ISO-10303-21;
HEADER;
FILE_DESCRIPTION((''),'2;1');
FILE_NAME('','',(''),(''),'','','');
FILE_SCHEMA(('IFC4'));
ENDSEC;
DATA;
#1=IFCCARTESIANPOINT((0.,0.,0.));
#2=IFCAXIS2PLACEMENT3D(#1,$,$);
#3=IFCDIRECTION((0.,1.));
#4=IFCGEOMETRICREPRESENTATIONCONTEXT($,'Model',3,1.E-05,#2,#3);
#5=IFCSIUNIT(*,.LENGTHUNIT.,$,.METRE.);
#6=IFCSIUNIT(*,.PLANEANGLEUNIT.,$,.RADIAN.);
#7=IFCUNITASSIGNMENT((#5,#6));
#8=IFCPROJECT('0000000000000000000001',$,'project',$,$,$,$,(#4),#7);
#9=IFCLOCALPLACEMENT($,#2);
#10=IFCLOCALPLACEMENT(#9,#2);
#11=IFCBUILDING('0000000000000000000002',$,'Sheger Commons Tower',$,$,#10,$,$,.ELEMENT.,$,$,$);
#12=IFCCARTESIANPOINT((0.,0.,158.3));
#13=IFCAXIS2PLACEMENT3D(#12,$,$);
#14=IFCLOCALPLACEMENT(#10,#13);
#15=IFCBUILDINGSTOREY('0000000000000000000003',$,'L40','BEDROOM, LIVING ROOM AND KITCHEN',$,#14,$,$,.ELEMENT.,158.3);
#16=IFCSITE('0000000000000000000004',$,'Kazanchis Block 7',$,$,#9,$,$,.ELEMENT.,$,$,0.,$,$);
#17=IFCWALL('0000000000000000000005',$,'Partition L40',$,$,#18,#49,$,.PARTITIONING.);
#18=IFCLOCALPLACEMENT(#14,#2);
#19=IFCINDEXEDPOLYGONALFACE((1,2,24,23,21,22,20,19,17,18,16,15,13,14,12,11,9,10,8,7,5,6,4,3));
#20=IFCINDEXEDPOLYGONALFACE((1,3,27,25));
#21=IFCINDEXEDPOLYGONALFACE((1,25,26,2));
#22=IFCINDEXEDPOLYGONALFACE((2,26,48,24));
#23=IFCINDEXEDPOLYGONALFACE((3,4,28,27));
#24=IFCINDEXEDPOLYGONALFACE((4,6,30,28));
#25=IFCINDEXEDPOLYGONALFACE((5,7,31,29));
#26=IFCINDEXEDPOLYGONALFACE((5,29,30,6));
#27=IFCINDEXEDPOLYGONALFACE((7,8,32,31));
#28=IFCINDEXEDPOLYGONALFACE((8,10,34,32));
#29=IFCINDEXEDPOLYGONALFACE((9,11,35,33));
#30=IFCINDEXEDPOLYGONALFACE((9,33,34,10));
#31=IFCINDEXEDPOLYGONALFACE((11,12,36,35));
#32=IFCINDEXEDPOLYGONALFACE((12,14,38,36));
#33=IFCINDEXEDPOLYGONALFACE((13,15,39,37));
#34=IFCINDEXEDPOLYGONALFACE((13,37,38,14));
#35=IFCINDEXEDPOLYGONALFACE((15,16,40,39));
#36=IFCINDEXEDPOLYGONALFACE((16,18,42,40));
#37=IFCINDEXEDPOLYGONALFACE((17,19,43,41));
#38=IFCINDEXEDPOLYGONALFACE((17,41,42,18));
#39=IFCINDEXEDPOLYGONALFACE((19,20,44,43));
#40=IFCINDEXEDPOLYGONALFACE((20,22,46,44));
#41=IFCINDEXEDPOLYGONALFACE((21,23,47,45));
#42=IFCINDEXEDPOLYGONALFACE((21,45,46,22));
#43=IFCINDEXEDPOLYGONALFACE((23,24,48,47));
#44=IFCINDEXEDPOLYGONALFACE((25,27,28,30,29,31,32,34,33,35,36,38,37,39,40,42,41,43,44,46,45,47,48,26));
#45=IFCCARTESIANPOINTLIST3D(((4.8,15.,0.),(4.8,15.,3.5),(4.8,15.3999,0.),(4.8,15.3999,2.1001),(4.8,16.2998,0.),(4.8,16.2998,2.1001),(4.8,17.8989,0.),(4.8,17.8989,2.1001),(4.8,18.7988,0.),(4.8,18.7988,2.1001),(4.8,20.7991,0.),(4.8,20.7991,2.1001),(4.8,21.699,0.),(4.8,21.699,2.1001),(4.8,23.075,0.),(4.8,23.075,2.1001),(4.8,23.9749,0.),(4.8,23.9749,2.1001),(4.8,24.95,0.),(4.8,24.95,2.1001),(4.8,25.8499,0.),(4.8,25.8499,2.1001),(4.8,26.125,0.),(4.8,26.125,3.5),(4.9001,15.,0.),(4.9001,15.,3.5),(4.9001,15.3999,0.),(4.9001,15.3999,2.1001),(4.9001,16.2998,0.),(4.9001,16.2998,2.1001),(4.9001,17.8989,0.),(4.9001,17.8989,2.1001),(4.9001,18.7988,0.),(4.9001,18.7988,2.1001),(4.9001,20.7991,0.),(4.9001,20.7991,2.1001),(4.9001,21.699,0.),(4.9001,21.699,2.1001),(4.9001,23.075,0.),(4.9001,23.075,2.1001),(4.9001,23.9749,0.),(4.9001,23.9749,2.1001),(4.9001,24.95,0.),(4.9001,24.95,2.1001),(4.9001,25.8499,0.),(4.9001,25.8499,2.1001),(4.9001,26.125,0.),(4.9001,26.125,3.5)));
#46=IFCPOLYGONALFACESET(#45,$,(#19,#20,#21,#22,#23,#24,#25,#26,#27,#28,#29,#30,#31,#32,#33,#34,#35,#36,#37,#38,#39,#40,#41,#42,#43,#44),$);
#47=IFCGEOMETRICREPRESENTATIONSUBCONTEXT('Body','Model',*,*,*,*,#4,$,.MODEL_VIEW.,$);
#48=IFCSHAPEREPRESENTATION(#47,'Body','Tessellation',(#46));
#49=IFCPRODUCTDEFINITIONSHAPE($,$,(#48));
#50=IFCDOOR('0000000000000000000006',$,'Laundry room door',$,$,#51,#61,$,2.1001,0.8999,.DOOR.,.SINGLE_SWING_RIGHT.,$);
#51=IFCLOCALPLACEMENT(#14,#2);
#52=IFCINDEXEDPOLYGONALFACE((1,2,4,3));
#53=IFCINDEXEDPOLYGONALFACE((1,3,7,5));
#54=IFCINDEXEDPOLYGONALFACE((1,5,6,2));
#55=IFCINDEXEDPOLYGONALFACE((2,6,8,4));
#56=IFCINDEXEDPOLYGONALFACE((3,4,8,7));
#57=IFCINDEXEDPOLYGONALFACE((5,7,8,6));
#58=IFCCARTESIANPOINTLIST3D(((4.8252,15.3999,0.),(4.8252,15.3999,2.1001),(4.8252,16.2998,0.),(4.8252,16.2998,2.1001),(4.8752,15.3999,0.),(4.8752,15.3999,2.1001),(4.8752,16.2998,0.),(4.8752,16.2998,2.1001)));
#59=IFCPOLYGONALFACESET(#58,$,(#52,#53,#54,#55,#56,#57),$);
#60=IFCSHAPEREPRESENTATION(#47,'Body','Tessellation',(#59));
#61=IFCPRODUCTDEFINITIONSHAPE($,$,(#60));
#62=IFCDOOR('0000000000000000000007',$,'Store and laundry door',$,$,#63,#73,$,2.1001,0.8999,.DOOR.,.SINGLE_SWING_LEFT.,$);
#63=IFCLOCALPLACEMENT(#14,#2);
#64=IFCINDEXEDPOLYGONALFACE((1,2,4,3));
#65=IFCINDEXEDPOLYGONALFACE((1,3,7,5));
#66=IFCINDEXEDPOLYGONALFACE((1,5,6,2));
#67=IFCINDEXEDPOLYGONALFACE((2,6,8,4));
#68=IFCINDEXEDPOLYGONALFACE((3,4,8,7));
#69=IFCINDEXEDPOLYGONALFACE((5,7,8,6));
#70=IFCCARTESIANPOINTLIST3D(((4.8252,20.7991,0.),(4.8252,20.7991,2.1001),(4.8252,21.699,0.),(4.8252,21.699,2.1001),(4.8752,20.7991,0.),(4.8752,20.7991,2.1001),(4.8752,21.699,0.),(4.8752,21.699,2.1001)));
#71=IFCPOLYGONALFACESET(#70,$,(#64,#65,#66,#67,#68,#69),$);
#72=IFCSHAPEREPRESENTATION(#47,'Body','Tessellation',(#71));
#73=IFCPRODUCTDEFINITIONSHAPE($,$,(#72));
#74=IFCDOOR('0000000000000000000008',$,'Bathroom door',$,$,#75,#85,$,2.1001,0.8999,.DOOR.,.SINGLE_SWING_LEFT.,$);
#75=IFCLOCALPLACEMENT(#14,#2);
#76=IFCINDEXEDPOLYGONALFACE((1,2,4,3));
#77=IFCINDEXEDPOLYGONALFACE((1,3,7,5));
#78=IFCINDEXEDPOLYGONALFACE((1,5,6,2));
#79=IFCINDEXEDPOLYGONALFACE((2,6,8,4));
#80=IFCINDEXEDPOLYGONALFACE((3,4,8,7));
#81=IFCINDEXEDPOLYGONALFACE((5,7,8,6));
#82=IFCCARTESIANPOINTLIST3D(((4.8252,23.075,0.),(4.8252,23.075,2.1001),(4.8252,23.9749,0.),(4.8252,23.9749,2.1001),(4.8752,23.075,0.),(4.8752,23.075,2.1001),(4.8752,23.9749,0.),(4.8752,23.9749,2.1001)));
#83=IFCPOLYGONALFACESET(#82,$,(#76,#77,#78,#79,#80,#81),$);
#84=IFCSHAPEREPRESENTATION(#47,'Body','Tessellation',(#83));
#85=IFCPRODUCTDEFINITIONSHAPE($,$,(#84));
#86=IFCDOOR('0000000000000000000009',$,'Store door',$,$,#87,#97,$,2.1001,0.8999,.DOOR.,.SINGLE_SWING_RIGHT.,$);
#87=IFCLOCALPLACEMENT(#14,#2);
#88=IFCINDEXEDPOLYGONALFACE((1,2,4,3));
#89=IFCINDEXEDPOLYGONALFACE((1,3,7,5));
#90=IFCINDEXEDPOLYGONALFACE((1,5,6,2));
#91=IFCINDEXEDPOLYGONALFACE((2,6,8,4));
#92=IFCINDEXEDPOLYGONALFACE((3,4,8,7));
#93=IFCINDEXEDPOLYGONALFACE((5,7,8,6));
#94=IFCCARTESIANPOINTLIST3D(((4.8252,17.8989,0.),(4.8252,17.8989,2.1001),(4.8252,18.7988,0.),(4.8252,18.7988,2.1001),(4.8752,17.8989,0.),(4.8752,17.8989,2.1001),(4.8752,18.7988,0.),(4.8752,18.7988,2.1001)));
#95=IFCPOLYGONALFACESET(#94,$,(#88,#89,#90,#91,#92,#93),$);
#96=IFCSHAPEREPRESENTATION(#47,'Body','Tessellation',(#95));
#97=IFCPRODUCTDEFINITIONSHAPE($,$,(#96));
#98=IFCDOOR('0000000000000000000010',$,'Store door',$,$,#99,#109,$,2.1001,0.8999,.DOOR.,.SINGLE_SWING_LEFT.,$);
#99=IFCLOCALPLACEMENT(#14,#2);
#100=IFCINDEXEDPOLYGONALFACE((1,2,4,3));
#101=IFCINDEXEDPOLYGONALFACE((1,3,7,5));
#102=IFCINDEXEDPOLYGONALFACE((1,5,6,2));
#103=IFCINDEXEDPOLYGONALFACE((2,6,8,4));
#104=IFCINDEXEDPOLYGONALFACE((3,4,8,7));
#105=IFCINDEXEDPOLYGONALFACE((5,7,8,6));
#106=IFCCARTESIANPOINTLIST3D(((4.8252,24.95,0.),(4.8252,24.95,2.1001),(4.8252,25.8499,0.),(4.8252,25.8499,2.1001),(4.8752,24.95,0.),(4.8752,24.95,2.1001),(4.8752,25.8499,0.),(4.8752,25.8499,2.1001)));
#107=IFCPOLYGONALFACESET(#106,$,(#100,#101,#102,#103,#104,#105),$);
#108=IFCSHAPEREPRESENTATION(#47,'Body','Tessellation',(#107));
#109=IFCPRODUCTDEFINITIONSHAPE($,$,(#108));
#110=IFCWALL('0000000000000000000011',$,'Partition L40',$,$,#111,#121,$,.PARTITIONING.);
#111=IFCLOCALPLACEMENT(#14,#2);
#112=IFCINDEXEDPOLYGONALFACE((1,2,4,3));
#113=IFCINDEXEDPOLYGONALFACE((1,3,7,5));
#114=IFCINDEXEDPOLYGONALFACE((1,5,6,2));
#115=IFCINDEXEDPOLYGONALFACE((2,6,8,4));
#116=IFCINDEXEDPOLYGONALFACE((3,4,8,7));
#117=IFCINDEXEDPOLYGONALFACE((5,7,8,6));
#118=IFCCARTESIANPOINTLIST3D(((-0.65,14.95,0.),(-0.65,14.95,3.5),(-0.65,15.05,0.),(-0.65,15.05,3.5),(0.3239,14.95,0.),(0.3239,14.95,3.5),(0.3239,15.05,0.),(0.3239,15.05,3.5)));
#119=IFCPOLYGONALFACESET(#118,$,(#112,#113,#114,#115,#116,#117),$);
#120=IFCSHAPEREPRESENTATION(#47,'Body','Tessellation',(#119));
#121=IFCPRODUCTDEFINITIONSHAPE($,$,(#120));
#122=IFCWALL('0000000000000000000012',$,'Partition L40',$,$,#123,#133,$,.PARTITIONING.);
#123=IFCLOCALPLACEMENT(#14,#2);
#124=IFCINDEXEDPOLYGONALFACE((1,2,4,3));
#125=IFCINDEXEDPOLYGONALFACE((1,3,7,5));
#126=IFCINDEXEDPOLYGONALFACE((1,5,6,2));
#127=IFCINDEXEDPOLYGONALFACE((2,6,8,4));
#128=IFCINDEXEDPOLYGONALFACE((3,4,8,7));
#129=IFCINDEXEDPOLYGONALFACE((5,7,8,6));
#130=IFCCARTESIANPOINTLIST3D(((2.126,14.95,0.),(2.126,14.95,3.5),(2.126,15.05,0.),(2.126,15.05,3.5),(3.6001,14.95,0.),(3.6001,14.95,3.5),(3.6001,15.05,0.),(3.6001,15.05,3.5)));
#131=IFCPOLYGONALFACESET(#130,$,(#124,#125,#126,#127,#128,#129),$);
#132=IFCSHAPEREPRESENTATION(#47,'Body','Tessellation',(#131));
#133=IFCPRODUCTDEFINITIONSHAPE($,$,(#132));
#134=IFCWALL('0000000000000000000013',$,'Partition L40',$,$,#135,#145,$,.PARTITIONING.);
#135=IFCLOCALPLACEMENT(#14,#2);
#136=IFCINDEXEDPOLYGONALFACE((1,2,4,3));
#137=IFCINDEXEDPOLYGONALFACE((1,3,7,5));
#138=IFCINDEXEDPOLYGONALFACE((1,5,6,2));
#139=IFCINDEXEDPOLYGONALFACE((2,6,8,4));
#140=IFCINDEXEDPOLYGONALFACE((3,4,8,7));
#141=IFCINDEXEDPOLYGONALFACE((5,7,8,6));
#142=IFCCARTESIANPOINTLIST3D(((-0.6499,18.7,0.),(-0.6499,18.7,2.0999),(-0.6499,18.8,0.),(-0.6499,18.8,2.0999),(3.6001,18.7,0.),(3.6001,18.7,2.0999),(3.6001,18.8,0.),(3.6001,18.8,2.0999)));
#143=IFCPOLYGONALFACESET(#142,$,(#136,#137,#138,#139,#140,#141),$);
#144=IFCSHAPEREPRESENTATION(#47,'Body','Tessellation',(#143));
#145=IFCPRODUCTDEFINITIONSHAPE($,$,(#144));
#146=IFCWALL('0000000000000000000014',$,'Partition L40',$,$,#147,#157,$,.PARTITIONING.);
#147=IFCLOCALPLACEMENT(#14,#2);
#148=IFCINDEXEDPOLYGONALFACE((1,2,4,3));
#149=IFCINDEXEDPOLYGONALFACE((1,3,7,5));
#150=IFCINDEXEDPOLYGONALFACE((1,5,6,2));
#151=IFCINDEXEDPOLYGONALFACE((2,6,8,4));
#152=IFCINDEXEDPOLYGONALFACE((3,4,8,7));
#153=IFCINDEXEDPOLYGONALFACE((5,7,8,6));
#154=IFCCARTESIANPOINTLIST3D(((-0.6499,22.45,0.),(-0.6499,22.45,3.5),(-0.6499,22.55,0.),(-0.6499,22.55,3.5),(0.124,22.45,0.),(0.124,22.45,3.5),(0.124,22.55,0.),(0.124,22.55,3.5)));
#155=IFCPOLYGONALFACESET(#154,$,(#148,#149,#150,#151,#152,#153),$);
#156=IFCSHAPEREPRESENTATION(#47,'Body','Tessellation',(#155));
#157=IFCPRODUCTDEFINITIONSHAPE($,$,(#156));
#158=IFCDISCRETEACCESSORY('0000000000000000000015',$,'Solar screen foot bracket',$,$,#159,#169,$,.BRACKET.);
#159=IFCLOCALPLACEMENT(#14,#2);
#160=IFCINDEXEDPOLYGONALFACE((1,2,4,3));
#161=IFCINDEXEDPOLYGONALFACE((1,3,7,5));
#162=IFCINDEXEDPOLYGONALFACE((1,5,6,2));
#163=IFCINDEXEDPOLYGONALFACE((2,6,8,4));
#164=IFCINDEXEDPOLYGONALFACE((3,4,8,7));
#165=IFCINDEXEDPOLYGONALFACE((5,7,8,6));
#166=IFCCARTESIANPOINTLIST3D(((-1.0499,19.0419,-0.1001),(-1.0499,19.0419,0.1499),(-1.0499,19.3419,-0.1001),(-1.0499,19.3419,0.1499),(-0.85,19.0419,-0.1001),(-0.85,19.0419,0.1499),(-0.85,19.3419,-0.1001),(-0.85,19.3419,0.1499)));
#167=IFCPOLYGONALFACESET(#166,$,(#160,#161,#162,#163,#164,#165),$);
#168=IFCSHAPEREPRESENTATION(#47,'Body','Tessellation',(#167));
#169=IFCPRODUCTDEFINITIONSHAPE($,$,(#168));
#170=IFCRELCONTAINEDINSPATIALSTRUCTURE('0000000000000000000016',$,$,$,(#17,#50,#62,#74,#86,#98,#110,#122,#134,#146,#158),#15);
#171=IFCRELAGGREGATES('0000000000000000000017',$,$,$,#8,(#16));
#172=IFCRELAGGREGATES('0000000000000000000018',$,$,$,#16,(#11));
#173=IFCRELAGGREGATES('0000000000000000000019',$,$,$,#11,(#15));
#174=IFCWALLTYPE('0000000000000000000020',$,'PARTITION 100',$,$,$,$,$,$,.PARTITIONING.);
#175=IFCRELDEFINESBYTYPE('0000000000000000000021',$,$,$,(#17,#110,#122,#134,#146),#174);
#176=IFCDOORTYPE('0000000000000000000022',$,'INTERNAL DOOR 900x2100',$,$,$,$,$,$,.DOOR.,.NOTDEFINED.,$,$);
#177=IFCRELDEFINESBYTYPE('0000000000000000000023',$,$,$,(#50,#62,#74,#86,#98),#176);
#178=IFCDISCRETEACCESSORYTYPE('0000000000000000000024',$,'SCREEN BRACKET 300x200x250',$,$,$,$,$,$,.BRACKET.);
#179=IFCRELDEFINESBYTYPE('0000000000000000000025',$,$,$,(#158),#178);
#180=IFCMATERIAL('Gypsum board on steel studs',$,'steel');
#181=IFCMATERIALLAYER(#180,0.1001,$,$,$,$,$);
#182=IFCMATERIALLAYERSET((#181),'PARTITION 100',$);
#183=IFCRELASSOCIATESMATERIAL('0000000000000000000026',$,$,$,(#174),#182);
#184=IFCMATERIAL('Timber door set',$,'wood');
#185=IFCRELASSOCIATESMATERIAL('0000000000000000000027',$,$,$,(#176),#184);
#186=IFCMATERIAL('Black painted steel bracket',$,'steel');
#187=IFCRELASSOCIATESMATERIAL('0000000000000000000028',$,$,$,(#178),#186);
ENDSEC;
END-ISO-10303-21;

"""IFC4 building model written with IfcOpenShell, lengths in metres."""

from ifc_helpers import new_model, si_unit, direction, frame, frame_2d, origin, origin_2d, place, context, subcontext, project, spatial, rectangle, extrude, material, layer, layer_set, type_object, element, fill, save


model = new_model("IFC4")

# Units and contexts
model_context = context("Model", 3, precision=1e-05, world=origin(), true_north=direction((0.0, 1.0)))
body_context = subcontext(model_context, "Body", "Model", "MODEL_VIEW")
ifc_project = project(units=[si_unit("LENGTHUNIT", "METRE"), si_unit("PLANEANGLEUNIT", "RADIAN")], contexts=[model_context])

# Site, building, storey
site_placement = place(None, origin())
site = spatial("IfcSite", under=ifc_project, at=site_placement, Name="Kazanchis Block 7", CompositionType="ELEMENT", RefElevation=0.0)
building_placement = place(site_placement, origin())
building = spatial("IfcBuilding", under=site, at=building_placement, Name="Sheger Commons Tower", CompositionType="ELEMENT")
storey_placement = place(building_placement, frame((0.0, 0.0, 158.3)))
storey = spatial("IfcBuildingStorey", under=building, at=storey_placement, Name="L40", Description="BEDROOM, LIVING ROOM AND KITCHEN", CompositionType="ELEMENT", Elevation=158.3)

# Wall, openings, doors
ifc_material_1 = material(Name="Gypsum board on steel studs", Category="steel")
ifc_layer_1 = layer(ifc_material_1, 0.1001)
ifc_layer_set_1 = layer_set([ifc_layer_1], Name="PARTITION 100")
wall_type = type_object("IfcWallType", Name="PARTITION 100", PredefinedType="PARTITIONING", material=ifc_layer_set_1)
ifc_material_2 = material(Name="Timber door set", Category="wood")
door_type = type_object("IfcDoorType", Name="INTERNAL DOOR 900x2100", OperationType="NOTDEFINED", PredefinedType="DOOR", material=ifc_material_2)
wall_1_placement = place(storey_placement, frame((4.8501, 15.0, 0.0), z_axis=(0.0, 0.0, 1.0), x_axis=(0.0, 1.0, 0.0)))
wall_1 = element("IfcWall", 1, at=wall_1_placement, inside=storey, type_object=wall_type, Name="Partition L40", PredefinedType="PARTITIONING", context=body_context, shape_type="SweptSolid", body=[
    extrude(rectangle(XDim=11.125, YDim=0.1001, at=frame_2d((5.5625, 0.0))), origin(), (0.0, 0.0, 1.0), 3.5),
])
opening_1_placement = place(wall_1_placement, frame((0.3999, 0.0, 0.0)))
opening_1 = element("IfcOpeningElement", 2, at=opening_1_placement, cuts=wall_1, PredefinedType="OPENING", context=body_context, shape_type="SweptSolid", body=[
    extrude(rectangle(XDim=0.8999, YDim=2.1001, at=frame_2d((0.45, 1.05))), frame((0.0, 0.0601, 0.0), z_axis=(0.0, -1.0, 0.0), x_axis=(1.0, 0.0, 0.0)), (0.0, 0.0, 1.0), 0.1201),
])
opening_2_placement = place(wall_1_placement, frame((5.7991, 0.0, 0.0)))
opening_2 = element("IfcOpeningElement", 3, at=opening_2_placement, cuts=wall_1, PredefinedType="OPENING", context=body_context, shape_type="SweptSolid", body=[
    extrude(rectangle(XDim=0.8999, YDim=2.1001, at=frame_2d((0.45, 1.05))), frame((0.0, 0.0601, 0.0), z_axis=(0.0, -1.0, 0.0), x_axis=(1.0, 0.0, 0.0)), (0.0, 0.0, 1.0), 0.1201),
])
opening_3_placement = place(wall_1_placement, frame((8.075, 0.0, 0.0)))
opening_3 = element("IfcOpeningElement", 4, at=opening_3_placement, cuts=wall_1, PredefinedType="OPENING", context=body_context, shape_type="SweptSolid", body=[
    extrude(rectangle(XDim=0.8999, YDim=2.1001, at=frame_2d((0.45, 1.05))), frame((0.0, 0.0601, 0.0), z_axis=(0.0, -1.0, 0.0), x_axis=(1.0, 0.0, 0.0)), (0.0, 0.0, 1.0), 0.1201),
])
opening_4_placement = place(wall_1_placement, frame((2.8989, 0.0, 0.0)))
opening_4 = element("IfcOpeningElement", 5, at=opening_4_placement, cuts=wall_1, PredefinedType="OPENING", context=body_context, shape_type="SweptSolid", body=[
    extrude(rectangle(XDim=0.8999, YDim=2.1001, at=frame_2d((0.45, 1.05))), frame((0.0, 0.0601, 0.0), z_axis=(0.0, -1.0, 0.0), x_axis=(1.0, 0.0, 0.0)), (0.0, 0.0, 1.0), 0.1201),
])
opening_5_placement = place(wall_1_placement, frame((9.95, 0.0, 0.0)))
opening_5 = element("IfcOpeningElement", 6, at=opening_5_placement, cuts=wall_1, PredefinedType="OPENING", context=body_context, shape_type="SweptSolid", body=[
    extrude(rectangle(XDim=0.8999, YDim=2.1001, at=frame_2d((0.45, 1.05))), frame((0.0, 0.0601, 0.0), z_axis=(0.0, -1.0, 0.0), x_axis=(1.0, 0.0, 0.0)), (0.0, 0.0, 1.0), 0.1201),
])
door_1_placement = place(opening_1_placement, origin())
door_1 = element("IfcDoor", 7, at=door_1_placement, inside=storey, type_object=door_type, Name="Laundry room door", OperationType="SINGLE_SWING_RIGHT", OverallHeight=2.1001, OverallWidth=0.8999, PredefinedType="DOOR", context=body_context, shape_type="SweptSolid", body=[
    extrude(rectangle(XDim=0.8999, YDim=2.1001, at=frame_2d((0.45, 1.05))), frame((0.0, 0.0249, 0.0), z_axis=(0.0, -1.0, 0.0), x_axis=(1.0, 0.0, 0.0)), (0.0, 0.0, 1.0), 0.05),
])
fill(opening_1, door_1)
door_2_placement = place(opening_2_placement, origin())
door_2 = element("IfcDoor", 8, at=door_2_placement, inside=storey, type_object=door_type, Name="Store and laundry door", OperationType="SINGLE_SWING_LEFT", OverallHeight=2.1001, OverallWidth=0.8999, PredefinedType="DOOR", context=body_context, shape_type="SweptSolid", body=[
    extrude(rectangle(XDim=0.8999, YDim=2.1001, at=frame_2d((0.45, 1.05))), frame((0.0, 0.0249, 0.0), z_axis=(0.0, -1.0, 0.0), x_axis=(1.0, 0.0, 0.0)), (0.0, 0.0, 1.0), 0.05),
])
fill(opening_2, door_2)
door_3_placement = place(opening_3_placement, origin())
door_3 = element("IfcDoor", 9, at=door_3_placement, inside=storey, type_object=door_type, Name="Bathroom door", OperationType="SINGLE_SWING_LEFT", OverallHeight=2.1001, OverallWidth=0.8999, PredefinedType="DOOR", context=body_context, shape_type="SweptSolid", body=[
    extrude(rectangle(XDim=0.8999, YDim=2.1001, at=frame_2d((0.45, 1.05))), frame((0.0, 0.0249, 0.0), z_axis=(0.0, -1.0, 0.0), x_axis=(1.0, 0.0, 0.0)), (0.0, 0.0, 1.0), 0.05),
])
fill(opening_3, door_3)
door_4_placement = place(opening_4_placement, origin())
door_4 = element("IfcDoor", 10, at=door_4_placement, inside=storey, type_object=door_type, Name="Store door", OperationType="SINGLE_SWING_RIGHT", OverallHeight=2.1001, OverallWidth=0.8999, PredefinedType="DOOR", context=body_context, shape_type="SweptSolid", body=[
    extrude(rectangle(XDim=0.8999, YDim=2.1001, at=frame_2d((0.45, 1.05))), frame((0.0, 0.0249, 0.0), z_axis=(0.0, -1.0, 0.0), x_axis=(1.0, 0.0, 0.0)), (0.0, 0.0, 1.0), 0.05),
])
fill(opening_4, door_4)
door_5_placement = place(opening_5_placement, origin())
door_5 = element("IfcDoor", 11, at=door_5_placement, inside=storey, type_object=door_type, Name="Store door", OperationType="SINGLE_SWING_LEFT", OverallHeight=2.1001, OverallWidth=0.8999, PredefinedType="DOOR", context=body_context, shape_type="SweptSolid", body=[
    extrude(rectangle(XDim=0.8999, YDim=2.1001, at=frame_2d((0.45, 1.05))), frame((0.0, 0.0249, 0.0), z_axis=(0.0, -1.0, 0.0), x_axis=(1.0, 0.0, 0.0)), (0.0, 0.0, 1.0), 0.05),
])
fill(opening_5, door_5)

# Walls
wall_2_placement = place(storey_placement, frame((-0.6499, 15.0, 0.0), z_axis=(0.0, 0.0, 1.0), x_axis=(1.0, 0.0, 0.0)))
element("IfcWall", 12, at=wall_2_placement, inside=storey, type_object=wall_type, Name="Partition L40", PredefinedType="PARTITIONING", context=body_context, shape_type="SweptSolid", body=[
    extrude(rectangle(XDim=0.9739, YDim=0.1001, at=frame_2d((0.4868, 0.0))), origin(), (0.0, 0.0, 1.0), 3.5),
])
wall_3_placement = place(storey_placement, frame((2.126, 15.0, 0.0), z_axis=(0.0, 0.0, 1.0), x_axis=(1.0, 0.0, 0.0)))
element("IfcWall", 13, at=wall_3_placement, inside=storey, type_object=wall_type, Name="Partition L40", PredefinedType="PARTITIONING", context=body_context, shape_type="SweptSolid", body=[
    extrude(rectangle(XDim=1.4741, YDim=0.1001, at=frame_2d((0.7371, 0.0))), origin(), (0.0, 0.0, 1.0), 3.5),
])
wall_4_placement = place(storey_placement, frame((-0.6499, 18.75, 0.0), z_axis=(0.0, 0.0, 1.0), x_axis=(1.0, 0.0, 0.0)))
element("IfcWall", 14, at=wall_4_placement, inside=storey, type_object=wall_type, Name="Partition L40", PredefinedType="PARTITIONING", context=body_context, shape_type="SweptSolid", body=[
    extrude(rectangle(XDim=4.25, YDim=0.1001, at=frame_2d((2.125, 0.0))), origin(), (0.0, 0.0, 1.0), 2.0999),
])
wall_5_placement = place(storey_placement, frame((-0.6499, 22.5, 0.0), z_axis=(0.0, 0.0, 1.0), x_axis=(1.0, 0.0, 0.0)))
element("IfcWall", 15, at=wall_5_placement, inside=storey, type_object=wall_type, Name="Partition L40", PredefinedType="PARTITIONING", context=body_context, shape_type="SweptSolid", body=[
    extrude(rectangle(XDim=0.7739, YDim=0.1001, at=frame_2d((0.387, 0.0))), origin(), (0.0, 0.0, 1.0), 3.5),
])

# Discrete accessory
ifc_material_3 = material(Name="Black painted steel bracket", Category="steel")
discrete_accessory_type = type_object("IfcDiscreteAccessoryType", Name="SCREEN BRACKET 300x200x250", PredefinedType="BRACKET", material=ifc_material_3)
for number, where, z_axis, x_axis, name in (
    (16, (-0.95, 19.1919, -0.1001), (0.0, 0.0, 1.0), (0.0, -1.0, 0.0), "Solar screen foot bracket"),
):
    element("IfcDiscreteAccessory", number, at=place(storey_placement, frame(where, z_axis=z_axis, x_axis=x_axis)), inside=storey, type_object=discrete_accessory_type, Name=name, PredefinedType="BRACKET", context=body_context, shape_type="SweptSolid", body=[
        extrude(rectangle(XDim=0.3, YDim=0.2, at=origin_2d()), origin(), (0.0, 0.0, 1.0), 0.25),
    ])

save(model, "model.ifc")
